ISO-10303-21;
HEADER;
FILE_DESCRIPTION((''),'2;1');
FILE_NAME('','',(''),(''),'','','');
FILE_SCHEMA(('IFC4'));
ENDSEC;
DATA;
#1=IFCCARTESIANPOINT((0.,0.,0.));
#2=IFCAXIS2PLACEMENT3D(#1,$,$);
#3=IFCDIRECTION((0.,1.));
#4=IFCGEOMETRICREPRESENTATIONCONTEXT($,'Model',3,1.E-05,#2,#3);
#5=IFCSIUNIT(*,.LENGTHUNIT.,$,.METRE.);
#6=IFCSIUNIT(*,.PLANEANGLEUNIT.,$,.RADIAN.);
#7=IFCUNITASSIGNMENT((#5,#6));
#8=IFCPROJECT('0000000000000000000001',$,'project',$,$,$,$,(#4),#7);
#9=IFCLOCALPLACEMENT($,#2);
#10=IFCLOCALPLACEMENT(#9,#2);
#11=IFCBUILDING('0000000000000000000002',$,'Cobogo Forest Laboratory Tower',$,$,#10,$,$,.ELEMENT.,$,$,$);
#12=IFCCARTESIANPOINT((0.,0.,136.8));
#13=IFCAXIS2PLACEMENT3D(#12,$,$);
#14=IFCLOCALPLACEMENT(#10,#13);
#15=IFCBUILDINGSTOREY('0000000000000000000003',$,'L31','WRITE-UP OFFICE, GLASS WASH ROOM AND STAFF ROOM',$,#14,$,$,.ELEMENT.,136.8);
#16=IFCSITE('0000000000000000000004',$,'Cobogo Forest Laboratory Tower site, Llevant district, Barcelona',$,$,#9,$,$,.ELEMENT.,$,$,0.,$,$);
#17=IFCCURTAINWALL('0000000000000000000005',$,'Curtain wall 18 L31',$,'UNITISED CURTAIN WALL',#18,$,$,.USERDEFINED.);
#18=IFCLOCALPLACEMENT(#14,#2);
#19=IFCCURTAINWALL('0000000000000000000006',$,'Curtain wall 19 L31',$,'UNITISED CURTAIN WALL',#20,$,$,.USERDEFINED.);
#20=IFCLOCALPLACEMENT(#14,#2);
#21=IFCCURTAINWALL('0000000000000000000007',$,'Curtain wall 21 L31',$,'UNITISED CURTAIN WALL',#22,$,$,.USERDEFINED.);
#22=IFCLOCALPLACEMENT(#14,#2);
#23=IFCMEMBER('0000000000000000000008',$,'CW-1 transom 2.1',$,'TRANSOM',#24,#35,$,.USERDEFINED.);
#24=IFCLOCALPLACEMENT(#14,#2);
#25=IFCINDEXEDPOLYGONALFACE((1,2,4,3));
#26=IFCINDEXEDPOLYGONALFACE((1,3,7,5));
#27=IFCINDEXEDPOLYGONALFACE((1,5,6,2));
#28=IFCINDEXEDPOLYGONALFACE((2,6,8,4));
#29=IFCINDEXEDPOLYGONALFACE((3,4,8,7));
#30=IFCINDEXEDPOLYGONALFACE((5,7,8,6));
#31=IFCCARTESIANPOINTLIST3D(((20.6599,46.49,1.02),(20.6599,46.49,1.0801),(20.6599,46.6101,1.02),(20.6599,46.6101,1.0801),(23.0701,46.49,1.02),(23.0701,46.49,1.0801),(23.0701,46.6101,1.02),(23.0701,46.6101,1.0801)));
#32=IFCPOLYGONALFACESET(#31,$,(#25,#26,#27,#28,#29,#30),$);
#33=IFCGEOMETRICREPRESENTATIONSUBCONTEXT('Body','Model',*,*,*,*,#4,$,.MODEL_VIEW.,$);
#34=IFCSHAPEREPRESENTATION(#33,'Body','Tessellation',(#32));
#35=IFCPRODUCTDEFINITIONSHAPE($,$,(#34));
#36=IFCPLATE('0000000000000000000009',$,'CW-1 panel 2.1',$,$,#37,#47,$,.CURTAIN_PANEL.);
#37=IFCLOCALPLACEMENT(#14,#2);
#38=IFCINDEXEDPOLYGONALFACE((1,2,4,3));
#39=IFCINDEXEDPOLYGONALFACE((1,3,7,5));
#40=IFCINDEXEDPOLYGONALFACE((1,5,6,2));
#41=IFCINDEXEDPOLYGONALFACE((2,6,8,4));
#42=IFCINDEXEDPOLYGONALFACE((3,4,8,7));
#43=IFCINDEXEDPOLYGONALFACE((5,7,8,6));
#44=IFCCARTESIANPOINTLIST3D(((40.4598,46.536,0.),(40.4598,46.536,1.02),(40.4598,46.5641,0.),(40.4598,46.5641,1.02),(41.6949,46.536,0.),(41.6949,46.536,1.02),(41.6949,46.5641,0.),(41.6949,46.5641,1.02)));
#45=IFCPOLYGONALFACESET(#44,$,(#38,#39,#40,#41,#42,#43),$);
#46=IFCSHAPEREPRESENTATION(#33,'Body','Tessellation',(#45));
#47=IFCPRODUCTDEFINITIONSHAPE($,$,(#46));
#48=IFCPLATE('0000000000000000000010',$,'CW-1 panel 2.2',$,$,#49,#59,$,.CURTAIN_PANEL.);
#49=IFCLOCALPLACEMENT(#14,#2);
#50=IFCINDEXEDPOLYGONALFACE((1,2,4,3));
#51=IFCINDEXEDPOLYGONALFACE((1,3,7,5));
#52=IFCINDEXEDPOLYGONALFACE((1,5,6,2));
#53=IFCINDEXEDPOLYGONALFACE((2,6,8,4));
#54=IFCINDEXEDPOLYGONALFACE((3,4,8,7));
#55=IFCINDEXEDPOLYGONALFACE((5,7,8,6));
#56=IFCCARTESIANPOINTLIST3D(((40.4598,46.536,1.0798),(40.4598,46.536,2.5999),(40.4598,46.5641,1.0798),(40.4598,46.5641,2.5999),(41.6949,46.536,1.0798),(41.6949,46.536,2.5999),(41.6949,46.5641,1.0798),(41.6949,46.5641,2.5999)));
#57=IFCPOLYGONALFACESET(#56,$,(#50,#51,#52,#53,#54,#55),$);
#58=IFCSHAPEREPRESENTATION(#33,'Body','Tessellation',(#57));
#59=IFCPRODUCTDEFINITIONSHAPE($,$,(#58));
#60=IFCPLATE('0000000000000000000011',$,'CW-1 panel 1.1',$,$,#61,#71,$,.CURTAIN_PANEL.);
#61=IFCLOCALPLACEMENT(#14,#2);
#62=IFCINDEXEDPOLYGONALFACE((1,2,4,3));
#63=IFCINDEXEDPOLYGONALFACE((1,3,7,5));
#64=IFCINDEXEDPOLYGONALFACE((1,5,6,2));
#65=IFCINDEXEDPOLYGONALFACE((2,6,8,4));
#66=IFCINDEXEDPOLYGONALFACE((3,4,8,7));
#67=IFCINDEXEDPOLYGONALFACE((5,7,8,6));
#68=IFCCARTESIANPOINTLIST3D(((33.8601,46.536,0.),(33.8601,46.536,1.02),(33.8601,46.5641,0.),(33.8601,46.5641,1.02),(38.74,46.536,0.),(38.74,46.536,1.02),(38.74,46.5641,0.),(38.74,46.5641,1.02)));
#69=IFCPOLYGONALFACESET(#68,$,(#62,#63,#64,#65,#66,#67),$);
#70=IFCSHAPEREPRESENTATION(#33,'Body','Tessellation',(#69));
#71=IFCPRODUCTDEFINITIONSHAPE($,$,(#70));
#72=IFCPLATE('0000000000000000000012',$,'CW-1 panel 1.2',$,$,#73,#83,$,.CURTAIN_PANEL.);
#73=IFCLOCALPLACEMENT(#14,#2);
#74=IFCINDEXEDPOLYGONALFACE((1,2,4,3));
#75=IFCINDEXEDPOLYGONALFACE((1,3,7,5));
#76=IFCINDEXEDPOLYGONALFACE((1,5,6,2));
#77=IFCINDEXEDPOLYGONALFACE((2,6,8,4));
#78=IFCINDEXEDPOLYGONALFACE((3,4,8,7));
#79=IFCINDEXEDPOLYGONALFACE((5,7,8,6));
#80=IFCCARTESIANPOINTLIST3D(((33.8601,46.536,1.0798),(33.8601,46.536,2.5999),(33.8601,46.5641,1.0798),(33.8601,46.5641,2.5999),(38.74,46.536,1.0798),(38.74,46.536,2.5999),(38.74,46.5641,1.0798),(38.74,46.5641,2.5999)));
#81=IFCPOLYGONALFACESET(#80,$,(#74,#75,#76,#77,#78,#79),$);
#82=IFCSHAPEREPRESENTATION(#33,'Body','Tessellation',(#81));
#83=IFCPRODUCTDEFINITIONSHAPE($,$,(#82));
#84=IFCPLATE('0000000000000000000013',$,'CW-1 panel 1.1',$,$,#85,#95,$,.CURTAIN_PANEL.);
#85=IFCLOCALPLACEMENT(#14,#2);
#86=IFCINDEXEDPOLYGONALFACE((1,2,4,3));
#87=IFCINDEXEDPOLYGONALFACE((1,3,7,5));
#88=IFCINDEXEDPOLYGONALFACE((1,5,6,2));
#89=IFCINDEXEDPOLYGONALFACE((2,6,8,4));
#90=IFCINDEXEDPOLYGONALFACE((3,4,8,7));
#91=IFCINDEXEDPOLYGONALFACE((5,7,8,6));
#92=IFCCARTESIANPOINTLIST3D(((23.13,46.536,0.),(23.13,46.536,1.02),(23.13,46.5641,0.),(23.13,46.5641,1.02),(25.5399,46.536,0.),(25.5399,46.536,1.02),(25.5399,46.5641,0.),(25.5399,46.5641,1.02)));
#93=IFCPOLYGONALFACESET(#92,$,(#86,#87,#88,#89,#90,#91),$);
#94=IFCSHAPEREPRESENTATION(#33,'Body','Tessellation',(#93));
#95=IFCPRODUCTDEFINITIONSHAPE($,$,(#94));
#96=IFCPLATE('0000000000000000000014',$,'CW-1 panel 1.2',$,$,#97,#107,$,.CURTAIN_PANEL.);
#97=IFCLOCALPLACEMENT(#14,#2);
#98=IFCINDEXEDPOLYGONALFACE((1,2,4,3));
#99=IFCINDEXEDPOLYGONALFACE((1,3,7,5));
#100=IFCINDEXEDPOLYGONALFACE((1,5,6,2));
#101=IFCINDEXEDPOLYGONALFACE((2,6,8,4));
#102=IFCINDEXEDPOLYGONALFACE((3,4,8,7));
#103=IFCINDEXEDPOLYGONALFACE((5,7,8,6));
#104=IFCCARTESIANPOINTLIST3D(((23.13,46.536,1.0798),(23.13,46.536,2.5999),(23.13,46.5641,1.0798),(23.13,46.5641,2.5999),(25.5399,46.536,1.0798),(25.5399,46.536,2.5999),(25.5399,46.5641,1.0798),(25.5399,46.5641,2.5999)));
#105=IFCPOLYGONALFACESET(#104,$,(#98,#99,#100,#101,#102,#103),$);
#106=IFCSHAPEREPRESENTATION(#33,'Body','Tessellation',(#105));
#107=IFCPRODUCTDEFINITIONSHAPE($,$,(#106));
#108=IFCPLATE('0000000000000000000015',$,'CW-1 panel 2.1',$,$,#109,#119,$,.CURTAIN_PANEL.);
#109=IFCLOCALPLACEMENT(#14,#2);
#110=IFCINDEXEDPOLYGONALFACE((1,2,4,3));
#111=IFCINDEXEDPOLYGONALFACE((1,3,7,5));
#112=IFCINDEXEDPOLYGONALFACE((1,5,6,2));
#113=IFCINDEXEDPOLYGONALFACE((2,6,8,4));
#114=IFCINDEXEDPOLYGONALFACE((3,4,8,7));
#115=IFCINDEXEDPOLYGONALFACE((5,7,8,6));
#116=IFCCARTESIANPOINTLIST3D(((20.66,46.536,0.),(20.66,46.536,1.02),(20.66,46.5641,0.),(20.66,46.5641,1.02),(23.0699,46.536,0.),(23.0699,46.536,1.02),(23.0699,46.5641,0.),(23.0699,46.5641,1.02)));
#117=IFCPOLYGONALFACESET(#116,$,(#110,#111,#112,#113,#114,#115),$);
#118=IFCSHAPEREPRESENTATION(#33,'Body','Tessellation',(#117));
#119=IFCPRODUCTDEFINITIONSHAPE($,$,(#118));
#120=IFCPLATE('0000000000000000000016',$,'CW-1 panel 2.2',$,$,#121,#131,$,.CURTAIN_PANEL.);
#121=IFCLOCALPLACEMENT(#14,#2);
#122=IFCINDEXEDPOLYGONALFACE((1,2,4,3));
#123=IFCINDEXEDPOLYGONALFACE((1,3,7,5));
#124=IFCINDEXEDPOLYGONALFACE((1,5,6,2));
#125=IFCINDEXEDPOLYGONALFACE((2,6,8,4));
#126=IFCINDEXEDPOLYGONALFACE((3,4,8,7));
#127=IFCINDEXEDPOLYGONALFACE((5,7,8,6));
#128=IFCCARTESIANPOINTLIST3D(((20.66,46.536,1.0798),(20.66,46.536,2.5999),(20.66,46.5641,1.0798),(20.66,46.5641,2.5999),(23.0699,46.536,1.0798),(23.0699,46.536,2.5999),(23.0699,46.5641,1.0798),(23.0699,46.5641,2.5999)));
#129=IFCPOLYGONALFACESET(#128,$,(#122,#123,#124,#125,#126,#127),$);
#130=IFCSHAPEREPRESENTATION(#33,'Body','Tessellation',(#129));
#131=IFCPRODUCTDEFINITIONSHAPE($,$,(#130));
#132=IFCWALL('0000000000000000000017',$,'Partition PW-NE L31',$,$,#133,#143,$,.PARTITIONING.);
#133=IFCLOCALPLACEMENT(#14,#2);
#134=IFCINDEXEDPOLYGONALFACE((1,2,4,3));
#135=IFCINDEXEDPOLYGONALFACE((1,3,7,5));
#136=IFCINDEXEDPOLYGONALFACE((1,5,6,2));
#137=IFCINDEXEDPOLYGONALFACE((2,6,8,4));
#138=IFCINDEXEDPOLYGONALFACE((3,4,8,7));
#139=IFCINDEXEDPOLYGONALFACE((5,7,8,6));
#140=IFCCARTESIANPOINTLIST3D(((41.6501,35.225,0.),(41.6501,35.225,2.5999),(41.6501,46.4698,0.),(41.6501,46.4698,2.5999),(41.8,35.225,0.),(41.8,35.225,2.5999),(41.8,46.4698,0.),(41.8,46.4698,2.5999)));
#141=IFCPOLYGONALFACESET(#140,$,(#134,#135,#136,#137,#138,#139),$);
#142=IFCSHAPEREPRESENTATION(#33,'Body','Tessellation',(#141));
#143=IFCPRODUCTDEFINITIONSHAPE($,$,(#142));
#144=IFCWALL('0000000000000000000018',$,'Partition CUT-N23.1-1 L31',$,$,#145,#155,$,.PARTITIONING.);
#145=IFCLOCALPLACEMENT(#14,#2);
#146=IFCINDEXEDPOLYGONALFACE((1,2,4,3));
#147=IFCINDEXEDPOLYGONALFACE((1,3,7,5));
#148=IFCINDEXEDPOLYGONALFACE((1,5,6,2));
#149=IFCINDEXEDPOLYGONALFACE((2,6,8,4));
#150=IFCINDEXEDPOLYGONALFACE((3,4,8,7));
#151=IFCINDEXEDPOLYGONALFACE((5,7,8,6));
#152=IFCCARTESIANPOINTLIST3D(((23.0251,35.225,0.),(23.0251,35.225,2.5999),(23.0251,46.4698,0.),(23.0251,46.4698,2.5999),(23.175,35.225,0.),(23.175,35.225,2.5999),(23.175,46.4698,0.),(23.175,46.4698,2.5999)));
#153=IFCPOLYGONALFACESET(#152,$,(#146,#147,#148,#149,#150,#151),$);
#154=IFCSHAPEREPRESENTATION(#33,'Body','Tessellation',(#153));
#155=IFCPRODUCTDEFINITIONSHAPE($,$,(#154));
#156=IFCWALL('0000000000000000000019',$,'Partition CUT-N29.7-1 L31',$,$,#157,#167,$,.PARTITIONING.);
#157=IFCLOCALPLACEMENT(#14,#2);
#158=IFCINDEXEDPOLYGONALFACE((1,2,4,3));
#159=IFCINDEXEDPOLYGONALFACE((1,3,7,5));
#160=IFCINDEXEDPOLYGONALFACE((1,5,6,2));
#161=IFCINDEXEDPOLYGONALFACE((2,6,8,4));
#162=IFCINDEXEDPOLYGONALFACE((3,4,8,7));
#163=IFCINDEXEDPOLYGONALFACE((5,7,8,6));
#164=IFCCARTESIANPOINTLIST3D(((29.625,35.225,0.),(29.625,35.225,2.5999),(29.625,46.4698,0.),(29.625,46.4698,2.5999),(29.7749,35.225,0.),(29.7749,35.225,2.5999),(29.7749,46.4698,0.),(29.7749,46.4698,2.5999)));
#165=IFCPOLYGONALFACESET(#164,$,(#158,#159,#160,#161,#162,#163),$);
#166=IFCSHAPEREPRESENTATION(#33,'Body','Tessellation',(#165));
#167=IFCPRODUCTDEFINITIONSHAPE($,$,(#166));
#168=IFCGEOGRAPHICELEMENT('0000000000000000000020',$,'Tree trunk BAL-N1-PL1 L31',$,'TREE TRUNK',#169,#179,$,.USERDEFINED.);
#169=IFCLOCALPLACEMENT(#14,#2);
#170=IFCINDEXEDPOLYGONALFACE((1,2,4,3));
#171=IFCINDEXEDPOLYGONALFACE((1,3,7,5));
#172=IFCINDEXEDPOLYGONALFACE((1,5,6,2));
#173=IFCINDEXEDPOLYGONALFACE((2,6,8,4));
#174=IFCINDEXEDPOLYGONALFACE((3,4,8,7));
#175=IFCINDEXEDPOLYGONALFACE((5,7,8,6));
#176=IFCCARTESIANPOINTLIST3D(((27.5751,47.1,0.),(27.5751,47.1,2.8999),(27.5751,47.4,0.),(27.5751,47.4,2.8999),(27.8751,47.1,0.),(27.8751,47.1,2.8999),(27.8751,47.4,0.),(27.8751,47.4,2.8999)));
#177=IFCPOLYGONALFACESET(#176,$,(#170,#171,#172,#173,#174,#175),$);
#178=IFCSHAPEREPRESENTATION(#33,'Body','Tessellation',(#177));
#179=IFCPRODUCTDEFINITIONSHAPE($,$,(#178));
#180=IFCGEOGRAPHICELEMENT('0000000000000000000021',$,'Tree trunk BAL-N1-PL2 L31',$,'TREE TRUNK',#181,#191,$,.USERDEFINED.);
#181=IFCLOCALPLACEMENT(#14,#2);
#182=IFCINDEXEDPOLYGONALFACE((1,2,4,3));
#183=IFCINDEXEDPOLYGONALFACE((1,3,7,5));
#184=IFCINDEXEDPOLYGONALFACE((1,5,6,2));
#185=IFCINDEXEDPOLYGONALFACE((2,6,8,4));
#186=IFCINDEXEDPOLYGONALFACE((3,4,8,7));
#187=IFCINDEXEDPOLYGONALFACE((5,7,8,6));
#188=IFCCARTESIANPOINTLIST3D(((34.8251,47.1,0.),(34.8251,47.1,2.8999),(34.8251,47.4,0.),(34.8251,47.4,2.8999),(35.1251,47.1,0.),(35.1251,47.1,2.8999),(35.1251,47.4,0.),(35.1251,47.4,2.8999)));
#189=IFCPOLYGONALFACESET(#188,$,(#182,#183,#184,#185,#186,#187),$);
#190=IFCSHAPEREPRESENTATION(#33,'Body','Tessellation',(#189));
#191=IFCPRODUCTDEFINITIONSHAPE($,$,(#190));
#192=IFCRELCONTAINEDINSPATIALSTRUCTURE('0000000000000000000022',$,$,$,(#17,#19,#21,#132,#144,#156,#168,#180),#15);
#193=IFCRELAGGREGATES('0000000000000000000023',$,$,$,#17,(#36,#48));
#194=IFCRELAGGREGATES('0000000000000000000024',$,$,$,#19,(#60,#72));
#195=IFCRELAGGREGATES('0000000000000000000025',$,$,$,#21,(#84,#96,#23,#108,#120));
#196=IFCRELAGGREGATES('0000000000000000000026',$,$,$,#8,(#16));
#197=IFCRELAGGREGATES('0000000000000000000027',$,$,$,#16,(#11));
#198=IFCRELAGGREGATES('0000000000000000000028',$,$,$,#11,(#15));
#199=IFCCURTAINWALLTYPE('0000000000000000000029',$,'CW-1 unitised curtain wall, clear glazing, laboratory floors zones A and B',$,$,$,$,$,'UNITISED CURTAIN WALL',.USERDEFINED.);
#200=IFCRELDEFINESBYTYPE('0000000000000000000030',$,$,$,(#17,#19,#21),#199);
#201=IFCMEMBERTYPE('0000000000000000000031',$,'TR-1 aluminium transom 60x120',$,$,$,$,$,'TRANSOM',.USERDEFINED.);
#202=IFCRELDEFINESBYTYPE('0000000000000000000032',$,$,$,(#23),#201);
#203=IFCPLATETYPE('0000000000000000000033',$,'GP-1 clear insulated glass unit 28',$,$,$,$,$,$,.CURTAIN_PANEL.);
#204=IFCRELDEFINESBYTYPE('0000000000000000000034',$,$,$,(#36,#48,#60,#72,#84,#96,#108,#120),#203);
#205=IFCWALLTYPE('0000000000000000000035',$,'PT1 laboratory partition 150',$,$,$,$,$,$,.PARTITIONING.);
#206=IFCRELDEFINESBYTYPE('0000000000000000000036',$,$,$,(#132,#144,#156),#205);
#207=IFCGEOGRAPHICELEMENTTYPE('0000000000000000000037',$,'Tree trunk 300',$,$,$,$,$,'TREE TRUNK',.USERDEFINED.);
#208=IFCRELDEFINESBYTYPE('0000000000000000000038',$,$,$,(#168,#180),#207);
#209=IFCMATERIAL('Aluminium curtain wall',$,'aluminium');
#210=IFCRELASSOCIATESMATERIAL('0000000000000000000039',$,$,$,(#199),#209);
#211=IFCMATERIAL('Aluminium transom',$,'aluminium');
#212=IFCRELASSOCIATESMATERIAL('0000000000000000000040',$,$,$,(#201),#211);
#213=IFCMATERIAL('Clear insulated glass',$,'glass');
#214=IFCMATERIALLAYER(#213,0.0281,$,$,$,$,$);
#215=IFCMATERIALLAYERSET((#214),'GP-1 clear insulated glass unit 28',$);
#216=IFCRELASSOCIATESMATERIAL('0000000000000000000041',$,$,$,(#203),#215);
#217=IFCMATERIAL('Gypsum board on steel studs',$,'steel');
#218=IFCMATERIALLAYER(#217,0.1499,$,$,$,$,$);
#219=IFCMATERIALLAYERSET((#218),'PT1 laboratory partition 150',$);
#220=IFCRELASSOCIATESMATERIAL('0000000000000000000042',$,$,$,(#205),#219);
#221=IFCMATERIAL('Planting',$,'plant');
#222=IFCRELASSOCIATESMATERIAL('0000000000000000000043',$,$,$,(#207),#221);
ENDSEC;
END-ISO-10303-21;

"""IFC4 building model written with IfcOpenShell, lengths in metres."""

from ifc_helpers import new_model, si_unit, direction, frame, frame_2d, origin, origin_2d, place, context, subcontext, project, spatial, rectangle, extrude, material, layer, layer_set, material_profile, profile_set, type_object, element, aggregate, save


model = new_model("IFC4")

# Units and contexts
model_context = context("Model", 3, precision=1e-05, world=origin(), true_north=direction((0.0, 1.0)))
body_context = subcontext(model_context, "Body", "Model", "MODEL_VIEW")
ifc_project = project(units=[si_unit("LENGTHUNIT", "METRE"), si_unit("PLANEANGLEUNIT", "RADIAN")], contexts=[model_context])

# Site, building, storey
site_placement = place(None, origin())
site = spatial("IfcSite", under=ifc_project, at=site_placement, Name="Cobogo Forest Laboratory Tower site, Llevant district, Barcelona", CompositionType="ELEMENT", RefElevation=0.0)
building_placement = place(site_placement, origin())
building = spatial("IfcBuilding", under=site, at=building_placement, Name="Cobogo Forest Laboratory Tower", CompositionType="ELEMENT")
storey_placement = place(building_placement, frame((0.0, 0.0, 136.8)))
storey = spatial("IfcBuildingStorey", under=building, at=storey_placement, Name="L31", Description="WRITE-UP OFFICE, GLASS WASH ROOM AND STAFF ROOM", CompositionType="ELEMENT", Elevation=136.8)

# Curtain wall
ifc_material_1 = material(Name="Aluminium curtain wall", Category="aluminium")
curtain_wall_type = type_object("IfcCurtainWallType", Name="CW-1 unitised curtain wall, clear glazing, laboratory floors zones A and B", ElementType="UNITISED CURTAIN WALL", PredefinedType="USERDEFINED", material=ifc_material_1)
curtain_wall_1_placement = place(storey_placement, origin())
curtain_wall_1 = element("IfcCurtainWall", 1, at=curtain_wall_1_placement, inside=storey, type_object=curtain_wall_type, Name="Curtain wall 18 L31", ObjectType="UNITISED CURTAIN WALL", PredefinedType="USERDEFINED")

# Curtain walls
curtain_wall_2_placement = place(storey_placement, origin())
curtain_wall_2 = element("IfcCurtainWall", 2, at=curtain_wall_2_placement, inside=storey, type_object=curtain_wall_type, Name="Curtain wall 19 L31", ObjectType="UNITISED CURTAIN WALL", PredefinedType="USERDEFINED")
curtain_wall_3_placement = place(storey_placement, origin())
curtain_wall_3 = element("IfcCurtainWall", 3, at=curtain_wall_3_placement, inside=storey, type_object=curtain_wall_type, Name="Curtain wall 21 L31", ObjectType="UNITISED CURTAIN WALL", PredefinedType="USERDEFINED")

# Member
ifc_material_2 = material(Name="Aluminium transom", Category="aluminium")
ifc_material_profile_1 = material_profile(ifc_material_2, rectangle(XDim=0.1201, YDim=0.0601, at=origin_2d()), Name="AL 60x120")
ifc_profile_set_1 = profile_set([ifc_material_profile_1], Name="Aluminium transom")
member_type_1 = type_object("IfcMemberType", Name="TR-1 aluminium transom 60x120", ElementType="TRANSOM", PredefinedType="USERDEFINED", material=ifc_profile_set_1)
member_1_placement = place(storey_placement, frame((23.0701, 46.55, 1.05), z_axis=(-1.0, 0.0, 0.0), x_axis=(0.0, -1.0, 0.0)))
member_1 = element("IfcMember", 4, at=member_1_placement, type_object=member_type_1, Name="CW-1 transom 2.1", ObjectType="TRANSOM", PredefinedType="USERDEFINED", context=body_context, shape_type="SweptSolid", body=[
    extrude(rectangle(XDim=0.1201, YDim=0.0601, at=origin_2d()), origin(), (0.0, 0.0, 1.0), 2.4102),
])

# Plates
ifc_material_3 = material(Name="Clear insulated glass", Category="glass")
ifc_layer_1 = layer(ifc_material_3, 0.0281)
ifc_layer_set_1 = layer_set([ifc_layer_1], Name="GP-1 clear insulated glass unit 28")
plate_type_1 = type_object("IfcPlateType", Name="GP-1 clear insulated glass unit 28", PredefinedType="CURTAIN_PANEL", material=ifc_layer_set_1)
plate_1_placement = place(storey_placement, frame((41.0774, 46.55, 0.0), z_axis=(0.0, 0.0, 1.0), x_axis=(-1.0, 0.0, 0.0)))
plate_1 = element("IfcPlate", 5, at=plate_1_placement, type_object=plate_type_1, Name="CW-1 panel 2.1", PredefinedType="CURTAIN_PANEL", context=body_context, shape_type="SweptSolid", body=[
    extrude(rectangle(XDim=1.2351, YDim=0.0281, at=origin_2d()), origin(), (0.0, 0.0, 1.0), 1.02),
])
plate_2_placement = place(storey_placement, frame((41.0774, 46.55, 1.0798), z_axis=(0.0, 0.0, 1.0), x_axis=(-1.0, 0.0, 0.0)))
plate_2 = element("IfcPlate", 6, at=plate_2_placement, type_object=plate_type_1, Name="CW-1 panel 2.2", PredefinedType="CURTAIN_PANEL", context=body_context, shape_type="SweptSolid", body=[
    extrude(rectangle(XDim=1.2351, YDim=0.0281, at=origin_2d()), origin(), (0.0, 0.0, 1.0), 1.52),
])
aggregate(curtain_wall_1, [plate_1, plate_2])
plate_3_placement = place(storey_placement, frame((36.3, 46.55, 0.0), z_axis=(0.0, 0.0, 1.0), x_axis=(-1.0, 0.0, 0.0)))
plate_3 = element("IfcPlate", 7, at=plate_3_placement, type_object=plate_type_1, Name="CW-1 panel 1.1", PredefinedType="CURTAIN_PANEL", context=body_context, shape_type="SweptSolid", body=[
    extrude(rectangle(XDim=4.8799, YDim=0.0281, at=origin_2d()), origin(), (0.0, 0.0, 1.0), 1.02),
])
plate_4_placement = place(storey_placement, frame((36.3, 46.55, 1.0798), z_axis=(0.0, 0.0, 1.0), x_axis=(-1.0, 0.0, 0.0)))
plate_4 = element("IfcPlate", 8, at=plate_4_placement, type_object=plate_type_1, Name="CW-1 panel 1.2", PredefinedType="CURTAIN_PANEL", context=body_context, shape_type="SweptSolid", body=[
    extrude(rectangle(XDim=4.8799, YDim=0.0281, at=origin_2d()), origin(), (0.0, 0.0, 1.0), 1.52),
])
aggregate(curtain_wall_2, [plate_3, plate_4])
plate_5_placement = place(storey_placement, frame((24.335, 46.55, 0.0), z_axis=(0.0, 0.0, 1.0), x_axis=(-1.0, 0.0, 0.0)))
plate_5 = element("IfcPlate", 9, at=plate_5_placement, type_object=plate_type_1, Name="CW-1 panel 1.1", PredefinedType="CURTAIN_PANEL", context=body_context, shape_type="SweptSolid", body=[
    extrude(rectangle(XDim=2.4099, YDim=0.0281, at=origin_2d()), origin(), (0.0, 0.0, 1.0), 1.02),
])
plate_6_placement = place(storey_placement, frame((24.335, 46.55, 1.0798), z_axis=(0.0, 0.0, 1.0), x_axis=(-1.0, 0.0, 0.0)))
plate_6 = element("IfcPlate", 10, at=plate_6_placement, type_object=plate_type_1, Name="CW-1 panel 1.2", PredefinedType="CURTAIN_PANEL", context=body_context, shape_type="SweptSolid", body=[
    extrude(rectangle(XDim=2.4099, YDim=0.0281, at=origin_2d()), origin(), (0.0, 0.0, 1.0), 1.52),
])
plate_7_placement = place(storey_placement, frame((21.865, 46.55, 0.0), z_axis=(0.0, 0.0, 1.0), x_axis=(-1.0, 0.0, 0.0)))
plate_7 = element("IfcPlate", 11, at=plate_7_placement, type_object=plate_type_1, Name="CW-1 panel 2.1", PredefinedType="CURTAIN_PANEL", context=body_context, shape_type="SweptSolid", body=[
    extrude(rectangle(XDim=2.4099, YDim=0.0281, at=origin_2d()), origin(), (0.0, 0.0, 1.0), 1.02),
])
plate_8_placement = place(storey_placement, frame((21.865, 46.55, 1.0798), z_axis=(0.0, 0.0, 1.0), x_axis=(-1.0, 0.0, 0.0)))
plate_8 = element("IfcPlate", 12, at=plate_8_placement, type_object=plate_type_1, Name="CW-1 panel 2.2", PredefinedType="CURTAIN_PANEL", context=body_context, shape_type="SweptSolid", body=[
    extrude(rectangle(XDim=2.4099, YDim=0.0281, at=origin_2d()), origin(), (0.0, 0.0, 1.0), 1.52),
])
aggregate(curtain_wall_3, [plate_5, plate_6, member_1, plate_7, plate_8])

# Walls
ifc_material_4 = material(Name="Gypsum board on steel studs", Category="steel")
ifc_layer_2 = layer(ifc_material_4, 0.1499)
ifc_layer_set_2 = layer_set([ifc_layer_2], Name="PT1 laboratory partition 150")
wall_type_1 = type_object("IfcWallType", Name="PT1 laboratory partition 150", PredefinedType="PARTITIONING", material=ifc_layer_set_2)
for number, where, z_axis, x_axis, name in (
    (13, (41.7251, 46.47, 0.0), (0.0, 0.0, 1.0), (0.0, -1.0, 0.0), "Partition PW-NE L31"),
    (14, (23.1001, 46.47, 0.0), (0.0, 0.0, 1.0), (0.0, -1.0, 0.0), "Partition CUT-N23.1-1 L31"),
    (15, (29.7, 46.47, 0.0), (0.0, 0.0, 1.0), (0.0, -1.0, 0.0), "Partition CUT-N29.7-1 L31"),
):
    element("IfcWall", number, at=place(storey_placement, frame(where, z_axis=z_axis, x_axis=x_axis)), inside=storey, type_object=wall_type_1, Name=name, PredefinedType="PARTITIONING", context=body_context, shape_type="SweptSolid", body=[
        extrude(rectangle(XDim=11.2449, YDim=0.1499, at=frame_2d((5.6226, 0.0))), origin(), (0.0, 0.0, 1.0), 2.5999),
    ])

# Geographic elements
ifc_material_5 = material(Name="Planting", Category="plant")
geographic_element_type = type_object("IfcGeographicElementType", Name="Tree trunk 300", ElementType="TREE TRUNK", PredefinedType="USERDEFINED", material=ifc_material_5)
for number, where, z_axis, x_axis, name in (
    (16, (27.7251, 47.25, 0.0), (0.0, 0.0, 1.0), (1.0, 0.0, 0.0), "Tree trunk BAL-N1-PL1 L31"),
    (17, (34.9751, 47.25, 0.0), (0.0, 0.0, 1.0), (1.0, 0.0, 0.0), "Tree trunk BAL-N1-PL2 L31"),
):
    element("IfcGeographicElement", number, at=place(storey_placement, frame(where, z_axis=z_axis, x_axis=x_axis)), inside=storey, type_object=geographic_element_type, Name=name, ObjectType="TREE TRUNK", PredefinedType="USERDEFINED", context=body_context, shape_type="SweptSolid", body=[
        extrude(rectangle(XDim=0.3, YDim=0.3, at=origin_2d()), origin(), (0.0, 0.0, 1.0), 2.8999),
    ])

save(model, "model.ifc")
